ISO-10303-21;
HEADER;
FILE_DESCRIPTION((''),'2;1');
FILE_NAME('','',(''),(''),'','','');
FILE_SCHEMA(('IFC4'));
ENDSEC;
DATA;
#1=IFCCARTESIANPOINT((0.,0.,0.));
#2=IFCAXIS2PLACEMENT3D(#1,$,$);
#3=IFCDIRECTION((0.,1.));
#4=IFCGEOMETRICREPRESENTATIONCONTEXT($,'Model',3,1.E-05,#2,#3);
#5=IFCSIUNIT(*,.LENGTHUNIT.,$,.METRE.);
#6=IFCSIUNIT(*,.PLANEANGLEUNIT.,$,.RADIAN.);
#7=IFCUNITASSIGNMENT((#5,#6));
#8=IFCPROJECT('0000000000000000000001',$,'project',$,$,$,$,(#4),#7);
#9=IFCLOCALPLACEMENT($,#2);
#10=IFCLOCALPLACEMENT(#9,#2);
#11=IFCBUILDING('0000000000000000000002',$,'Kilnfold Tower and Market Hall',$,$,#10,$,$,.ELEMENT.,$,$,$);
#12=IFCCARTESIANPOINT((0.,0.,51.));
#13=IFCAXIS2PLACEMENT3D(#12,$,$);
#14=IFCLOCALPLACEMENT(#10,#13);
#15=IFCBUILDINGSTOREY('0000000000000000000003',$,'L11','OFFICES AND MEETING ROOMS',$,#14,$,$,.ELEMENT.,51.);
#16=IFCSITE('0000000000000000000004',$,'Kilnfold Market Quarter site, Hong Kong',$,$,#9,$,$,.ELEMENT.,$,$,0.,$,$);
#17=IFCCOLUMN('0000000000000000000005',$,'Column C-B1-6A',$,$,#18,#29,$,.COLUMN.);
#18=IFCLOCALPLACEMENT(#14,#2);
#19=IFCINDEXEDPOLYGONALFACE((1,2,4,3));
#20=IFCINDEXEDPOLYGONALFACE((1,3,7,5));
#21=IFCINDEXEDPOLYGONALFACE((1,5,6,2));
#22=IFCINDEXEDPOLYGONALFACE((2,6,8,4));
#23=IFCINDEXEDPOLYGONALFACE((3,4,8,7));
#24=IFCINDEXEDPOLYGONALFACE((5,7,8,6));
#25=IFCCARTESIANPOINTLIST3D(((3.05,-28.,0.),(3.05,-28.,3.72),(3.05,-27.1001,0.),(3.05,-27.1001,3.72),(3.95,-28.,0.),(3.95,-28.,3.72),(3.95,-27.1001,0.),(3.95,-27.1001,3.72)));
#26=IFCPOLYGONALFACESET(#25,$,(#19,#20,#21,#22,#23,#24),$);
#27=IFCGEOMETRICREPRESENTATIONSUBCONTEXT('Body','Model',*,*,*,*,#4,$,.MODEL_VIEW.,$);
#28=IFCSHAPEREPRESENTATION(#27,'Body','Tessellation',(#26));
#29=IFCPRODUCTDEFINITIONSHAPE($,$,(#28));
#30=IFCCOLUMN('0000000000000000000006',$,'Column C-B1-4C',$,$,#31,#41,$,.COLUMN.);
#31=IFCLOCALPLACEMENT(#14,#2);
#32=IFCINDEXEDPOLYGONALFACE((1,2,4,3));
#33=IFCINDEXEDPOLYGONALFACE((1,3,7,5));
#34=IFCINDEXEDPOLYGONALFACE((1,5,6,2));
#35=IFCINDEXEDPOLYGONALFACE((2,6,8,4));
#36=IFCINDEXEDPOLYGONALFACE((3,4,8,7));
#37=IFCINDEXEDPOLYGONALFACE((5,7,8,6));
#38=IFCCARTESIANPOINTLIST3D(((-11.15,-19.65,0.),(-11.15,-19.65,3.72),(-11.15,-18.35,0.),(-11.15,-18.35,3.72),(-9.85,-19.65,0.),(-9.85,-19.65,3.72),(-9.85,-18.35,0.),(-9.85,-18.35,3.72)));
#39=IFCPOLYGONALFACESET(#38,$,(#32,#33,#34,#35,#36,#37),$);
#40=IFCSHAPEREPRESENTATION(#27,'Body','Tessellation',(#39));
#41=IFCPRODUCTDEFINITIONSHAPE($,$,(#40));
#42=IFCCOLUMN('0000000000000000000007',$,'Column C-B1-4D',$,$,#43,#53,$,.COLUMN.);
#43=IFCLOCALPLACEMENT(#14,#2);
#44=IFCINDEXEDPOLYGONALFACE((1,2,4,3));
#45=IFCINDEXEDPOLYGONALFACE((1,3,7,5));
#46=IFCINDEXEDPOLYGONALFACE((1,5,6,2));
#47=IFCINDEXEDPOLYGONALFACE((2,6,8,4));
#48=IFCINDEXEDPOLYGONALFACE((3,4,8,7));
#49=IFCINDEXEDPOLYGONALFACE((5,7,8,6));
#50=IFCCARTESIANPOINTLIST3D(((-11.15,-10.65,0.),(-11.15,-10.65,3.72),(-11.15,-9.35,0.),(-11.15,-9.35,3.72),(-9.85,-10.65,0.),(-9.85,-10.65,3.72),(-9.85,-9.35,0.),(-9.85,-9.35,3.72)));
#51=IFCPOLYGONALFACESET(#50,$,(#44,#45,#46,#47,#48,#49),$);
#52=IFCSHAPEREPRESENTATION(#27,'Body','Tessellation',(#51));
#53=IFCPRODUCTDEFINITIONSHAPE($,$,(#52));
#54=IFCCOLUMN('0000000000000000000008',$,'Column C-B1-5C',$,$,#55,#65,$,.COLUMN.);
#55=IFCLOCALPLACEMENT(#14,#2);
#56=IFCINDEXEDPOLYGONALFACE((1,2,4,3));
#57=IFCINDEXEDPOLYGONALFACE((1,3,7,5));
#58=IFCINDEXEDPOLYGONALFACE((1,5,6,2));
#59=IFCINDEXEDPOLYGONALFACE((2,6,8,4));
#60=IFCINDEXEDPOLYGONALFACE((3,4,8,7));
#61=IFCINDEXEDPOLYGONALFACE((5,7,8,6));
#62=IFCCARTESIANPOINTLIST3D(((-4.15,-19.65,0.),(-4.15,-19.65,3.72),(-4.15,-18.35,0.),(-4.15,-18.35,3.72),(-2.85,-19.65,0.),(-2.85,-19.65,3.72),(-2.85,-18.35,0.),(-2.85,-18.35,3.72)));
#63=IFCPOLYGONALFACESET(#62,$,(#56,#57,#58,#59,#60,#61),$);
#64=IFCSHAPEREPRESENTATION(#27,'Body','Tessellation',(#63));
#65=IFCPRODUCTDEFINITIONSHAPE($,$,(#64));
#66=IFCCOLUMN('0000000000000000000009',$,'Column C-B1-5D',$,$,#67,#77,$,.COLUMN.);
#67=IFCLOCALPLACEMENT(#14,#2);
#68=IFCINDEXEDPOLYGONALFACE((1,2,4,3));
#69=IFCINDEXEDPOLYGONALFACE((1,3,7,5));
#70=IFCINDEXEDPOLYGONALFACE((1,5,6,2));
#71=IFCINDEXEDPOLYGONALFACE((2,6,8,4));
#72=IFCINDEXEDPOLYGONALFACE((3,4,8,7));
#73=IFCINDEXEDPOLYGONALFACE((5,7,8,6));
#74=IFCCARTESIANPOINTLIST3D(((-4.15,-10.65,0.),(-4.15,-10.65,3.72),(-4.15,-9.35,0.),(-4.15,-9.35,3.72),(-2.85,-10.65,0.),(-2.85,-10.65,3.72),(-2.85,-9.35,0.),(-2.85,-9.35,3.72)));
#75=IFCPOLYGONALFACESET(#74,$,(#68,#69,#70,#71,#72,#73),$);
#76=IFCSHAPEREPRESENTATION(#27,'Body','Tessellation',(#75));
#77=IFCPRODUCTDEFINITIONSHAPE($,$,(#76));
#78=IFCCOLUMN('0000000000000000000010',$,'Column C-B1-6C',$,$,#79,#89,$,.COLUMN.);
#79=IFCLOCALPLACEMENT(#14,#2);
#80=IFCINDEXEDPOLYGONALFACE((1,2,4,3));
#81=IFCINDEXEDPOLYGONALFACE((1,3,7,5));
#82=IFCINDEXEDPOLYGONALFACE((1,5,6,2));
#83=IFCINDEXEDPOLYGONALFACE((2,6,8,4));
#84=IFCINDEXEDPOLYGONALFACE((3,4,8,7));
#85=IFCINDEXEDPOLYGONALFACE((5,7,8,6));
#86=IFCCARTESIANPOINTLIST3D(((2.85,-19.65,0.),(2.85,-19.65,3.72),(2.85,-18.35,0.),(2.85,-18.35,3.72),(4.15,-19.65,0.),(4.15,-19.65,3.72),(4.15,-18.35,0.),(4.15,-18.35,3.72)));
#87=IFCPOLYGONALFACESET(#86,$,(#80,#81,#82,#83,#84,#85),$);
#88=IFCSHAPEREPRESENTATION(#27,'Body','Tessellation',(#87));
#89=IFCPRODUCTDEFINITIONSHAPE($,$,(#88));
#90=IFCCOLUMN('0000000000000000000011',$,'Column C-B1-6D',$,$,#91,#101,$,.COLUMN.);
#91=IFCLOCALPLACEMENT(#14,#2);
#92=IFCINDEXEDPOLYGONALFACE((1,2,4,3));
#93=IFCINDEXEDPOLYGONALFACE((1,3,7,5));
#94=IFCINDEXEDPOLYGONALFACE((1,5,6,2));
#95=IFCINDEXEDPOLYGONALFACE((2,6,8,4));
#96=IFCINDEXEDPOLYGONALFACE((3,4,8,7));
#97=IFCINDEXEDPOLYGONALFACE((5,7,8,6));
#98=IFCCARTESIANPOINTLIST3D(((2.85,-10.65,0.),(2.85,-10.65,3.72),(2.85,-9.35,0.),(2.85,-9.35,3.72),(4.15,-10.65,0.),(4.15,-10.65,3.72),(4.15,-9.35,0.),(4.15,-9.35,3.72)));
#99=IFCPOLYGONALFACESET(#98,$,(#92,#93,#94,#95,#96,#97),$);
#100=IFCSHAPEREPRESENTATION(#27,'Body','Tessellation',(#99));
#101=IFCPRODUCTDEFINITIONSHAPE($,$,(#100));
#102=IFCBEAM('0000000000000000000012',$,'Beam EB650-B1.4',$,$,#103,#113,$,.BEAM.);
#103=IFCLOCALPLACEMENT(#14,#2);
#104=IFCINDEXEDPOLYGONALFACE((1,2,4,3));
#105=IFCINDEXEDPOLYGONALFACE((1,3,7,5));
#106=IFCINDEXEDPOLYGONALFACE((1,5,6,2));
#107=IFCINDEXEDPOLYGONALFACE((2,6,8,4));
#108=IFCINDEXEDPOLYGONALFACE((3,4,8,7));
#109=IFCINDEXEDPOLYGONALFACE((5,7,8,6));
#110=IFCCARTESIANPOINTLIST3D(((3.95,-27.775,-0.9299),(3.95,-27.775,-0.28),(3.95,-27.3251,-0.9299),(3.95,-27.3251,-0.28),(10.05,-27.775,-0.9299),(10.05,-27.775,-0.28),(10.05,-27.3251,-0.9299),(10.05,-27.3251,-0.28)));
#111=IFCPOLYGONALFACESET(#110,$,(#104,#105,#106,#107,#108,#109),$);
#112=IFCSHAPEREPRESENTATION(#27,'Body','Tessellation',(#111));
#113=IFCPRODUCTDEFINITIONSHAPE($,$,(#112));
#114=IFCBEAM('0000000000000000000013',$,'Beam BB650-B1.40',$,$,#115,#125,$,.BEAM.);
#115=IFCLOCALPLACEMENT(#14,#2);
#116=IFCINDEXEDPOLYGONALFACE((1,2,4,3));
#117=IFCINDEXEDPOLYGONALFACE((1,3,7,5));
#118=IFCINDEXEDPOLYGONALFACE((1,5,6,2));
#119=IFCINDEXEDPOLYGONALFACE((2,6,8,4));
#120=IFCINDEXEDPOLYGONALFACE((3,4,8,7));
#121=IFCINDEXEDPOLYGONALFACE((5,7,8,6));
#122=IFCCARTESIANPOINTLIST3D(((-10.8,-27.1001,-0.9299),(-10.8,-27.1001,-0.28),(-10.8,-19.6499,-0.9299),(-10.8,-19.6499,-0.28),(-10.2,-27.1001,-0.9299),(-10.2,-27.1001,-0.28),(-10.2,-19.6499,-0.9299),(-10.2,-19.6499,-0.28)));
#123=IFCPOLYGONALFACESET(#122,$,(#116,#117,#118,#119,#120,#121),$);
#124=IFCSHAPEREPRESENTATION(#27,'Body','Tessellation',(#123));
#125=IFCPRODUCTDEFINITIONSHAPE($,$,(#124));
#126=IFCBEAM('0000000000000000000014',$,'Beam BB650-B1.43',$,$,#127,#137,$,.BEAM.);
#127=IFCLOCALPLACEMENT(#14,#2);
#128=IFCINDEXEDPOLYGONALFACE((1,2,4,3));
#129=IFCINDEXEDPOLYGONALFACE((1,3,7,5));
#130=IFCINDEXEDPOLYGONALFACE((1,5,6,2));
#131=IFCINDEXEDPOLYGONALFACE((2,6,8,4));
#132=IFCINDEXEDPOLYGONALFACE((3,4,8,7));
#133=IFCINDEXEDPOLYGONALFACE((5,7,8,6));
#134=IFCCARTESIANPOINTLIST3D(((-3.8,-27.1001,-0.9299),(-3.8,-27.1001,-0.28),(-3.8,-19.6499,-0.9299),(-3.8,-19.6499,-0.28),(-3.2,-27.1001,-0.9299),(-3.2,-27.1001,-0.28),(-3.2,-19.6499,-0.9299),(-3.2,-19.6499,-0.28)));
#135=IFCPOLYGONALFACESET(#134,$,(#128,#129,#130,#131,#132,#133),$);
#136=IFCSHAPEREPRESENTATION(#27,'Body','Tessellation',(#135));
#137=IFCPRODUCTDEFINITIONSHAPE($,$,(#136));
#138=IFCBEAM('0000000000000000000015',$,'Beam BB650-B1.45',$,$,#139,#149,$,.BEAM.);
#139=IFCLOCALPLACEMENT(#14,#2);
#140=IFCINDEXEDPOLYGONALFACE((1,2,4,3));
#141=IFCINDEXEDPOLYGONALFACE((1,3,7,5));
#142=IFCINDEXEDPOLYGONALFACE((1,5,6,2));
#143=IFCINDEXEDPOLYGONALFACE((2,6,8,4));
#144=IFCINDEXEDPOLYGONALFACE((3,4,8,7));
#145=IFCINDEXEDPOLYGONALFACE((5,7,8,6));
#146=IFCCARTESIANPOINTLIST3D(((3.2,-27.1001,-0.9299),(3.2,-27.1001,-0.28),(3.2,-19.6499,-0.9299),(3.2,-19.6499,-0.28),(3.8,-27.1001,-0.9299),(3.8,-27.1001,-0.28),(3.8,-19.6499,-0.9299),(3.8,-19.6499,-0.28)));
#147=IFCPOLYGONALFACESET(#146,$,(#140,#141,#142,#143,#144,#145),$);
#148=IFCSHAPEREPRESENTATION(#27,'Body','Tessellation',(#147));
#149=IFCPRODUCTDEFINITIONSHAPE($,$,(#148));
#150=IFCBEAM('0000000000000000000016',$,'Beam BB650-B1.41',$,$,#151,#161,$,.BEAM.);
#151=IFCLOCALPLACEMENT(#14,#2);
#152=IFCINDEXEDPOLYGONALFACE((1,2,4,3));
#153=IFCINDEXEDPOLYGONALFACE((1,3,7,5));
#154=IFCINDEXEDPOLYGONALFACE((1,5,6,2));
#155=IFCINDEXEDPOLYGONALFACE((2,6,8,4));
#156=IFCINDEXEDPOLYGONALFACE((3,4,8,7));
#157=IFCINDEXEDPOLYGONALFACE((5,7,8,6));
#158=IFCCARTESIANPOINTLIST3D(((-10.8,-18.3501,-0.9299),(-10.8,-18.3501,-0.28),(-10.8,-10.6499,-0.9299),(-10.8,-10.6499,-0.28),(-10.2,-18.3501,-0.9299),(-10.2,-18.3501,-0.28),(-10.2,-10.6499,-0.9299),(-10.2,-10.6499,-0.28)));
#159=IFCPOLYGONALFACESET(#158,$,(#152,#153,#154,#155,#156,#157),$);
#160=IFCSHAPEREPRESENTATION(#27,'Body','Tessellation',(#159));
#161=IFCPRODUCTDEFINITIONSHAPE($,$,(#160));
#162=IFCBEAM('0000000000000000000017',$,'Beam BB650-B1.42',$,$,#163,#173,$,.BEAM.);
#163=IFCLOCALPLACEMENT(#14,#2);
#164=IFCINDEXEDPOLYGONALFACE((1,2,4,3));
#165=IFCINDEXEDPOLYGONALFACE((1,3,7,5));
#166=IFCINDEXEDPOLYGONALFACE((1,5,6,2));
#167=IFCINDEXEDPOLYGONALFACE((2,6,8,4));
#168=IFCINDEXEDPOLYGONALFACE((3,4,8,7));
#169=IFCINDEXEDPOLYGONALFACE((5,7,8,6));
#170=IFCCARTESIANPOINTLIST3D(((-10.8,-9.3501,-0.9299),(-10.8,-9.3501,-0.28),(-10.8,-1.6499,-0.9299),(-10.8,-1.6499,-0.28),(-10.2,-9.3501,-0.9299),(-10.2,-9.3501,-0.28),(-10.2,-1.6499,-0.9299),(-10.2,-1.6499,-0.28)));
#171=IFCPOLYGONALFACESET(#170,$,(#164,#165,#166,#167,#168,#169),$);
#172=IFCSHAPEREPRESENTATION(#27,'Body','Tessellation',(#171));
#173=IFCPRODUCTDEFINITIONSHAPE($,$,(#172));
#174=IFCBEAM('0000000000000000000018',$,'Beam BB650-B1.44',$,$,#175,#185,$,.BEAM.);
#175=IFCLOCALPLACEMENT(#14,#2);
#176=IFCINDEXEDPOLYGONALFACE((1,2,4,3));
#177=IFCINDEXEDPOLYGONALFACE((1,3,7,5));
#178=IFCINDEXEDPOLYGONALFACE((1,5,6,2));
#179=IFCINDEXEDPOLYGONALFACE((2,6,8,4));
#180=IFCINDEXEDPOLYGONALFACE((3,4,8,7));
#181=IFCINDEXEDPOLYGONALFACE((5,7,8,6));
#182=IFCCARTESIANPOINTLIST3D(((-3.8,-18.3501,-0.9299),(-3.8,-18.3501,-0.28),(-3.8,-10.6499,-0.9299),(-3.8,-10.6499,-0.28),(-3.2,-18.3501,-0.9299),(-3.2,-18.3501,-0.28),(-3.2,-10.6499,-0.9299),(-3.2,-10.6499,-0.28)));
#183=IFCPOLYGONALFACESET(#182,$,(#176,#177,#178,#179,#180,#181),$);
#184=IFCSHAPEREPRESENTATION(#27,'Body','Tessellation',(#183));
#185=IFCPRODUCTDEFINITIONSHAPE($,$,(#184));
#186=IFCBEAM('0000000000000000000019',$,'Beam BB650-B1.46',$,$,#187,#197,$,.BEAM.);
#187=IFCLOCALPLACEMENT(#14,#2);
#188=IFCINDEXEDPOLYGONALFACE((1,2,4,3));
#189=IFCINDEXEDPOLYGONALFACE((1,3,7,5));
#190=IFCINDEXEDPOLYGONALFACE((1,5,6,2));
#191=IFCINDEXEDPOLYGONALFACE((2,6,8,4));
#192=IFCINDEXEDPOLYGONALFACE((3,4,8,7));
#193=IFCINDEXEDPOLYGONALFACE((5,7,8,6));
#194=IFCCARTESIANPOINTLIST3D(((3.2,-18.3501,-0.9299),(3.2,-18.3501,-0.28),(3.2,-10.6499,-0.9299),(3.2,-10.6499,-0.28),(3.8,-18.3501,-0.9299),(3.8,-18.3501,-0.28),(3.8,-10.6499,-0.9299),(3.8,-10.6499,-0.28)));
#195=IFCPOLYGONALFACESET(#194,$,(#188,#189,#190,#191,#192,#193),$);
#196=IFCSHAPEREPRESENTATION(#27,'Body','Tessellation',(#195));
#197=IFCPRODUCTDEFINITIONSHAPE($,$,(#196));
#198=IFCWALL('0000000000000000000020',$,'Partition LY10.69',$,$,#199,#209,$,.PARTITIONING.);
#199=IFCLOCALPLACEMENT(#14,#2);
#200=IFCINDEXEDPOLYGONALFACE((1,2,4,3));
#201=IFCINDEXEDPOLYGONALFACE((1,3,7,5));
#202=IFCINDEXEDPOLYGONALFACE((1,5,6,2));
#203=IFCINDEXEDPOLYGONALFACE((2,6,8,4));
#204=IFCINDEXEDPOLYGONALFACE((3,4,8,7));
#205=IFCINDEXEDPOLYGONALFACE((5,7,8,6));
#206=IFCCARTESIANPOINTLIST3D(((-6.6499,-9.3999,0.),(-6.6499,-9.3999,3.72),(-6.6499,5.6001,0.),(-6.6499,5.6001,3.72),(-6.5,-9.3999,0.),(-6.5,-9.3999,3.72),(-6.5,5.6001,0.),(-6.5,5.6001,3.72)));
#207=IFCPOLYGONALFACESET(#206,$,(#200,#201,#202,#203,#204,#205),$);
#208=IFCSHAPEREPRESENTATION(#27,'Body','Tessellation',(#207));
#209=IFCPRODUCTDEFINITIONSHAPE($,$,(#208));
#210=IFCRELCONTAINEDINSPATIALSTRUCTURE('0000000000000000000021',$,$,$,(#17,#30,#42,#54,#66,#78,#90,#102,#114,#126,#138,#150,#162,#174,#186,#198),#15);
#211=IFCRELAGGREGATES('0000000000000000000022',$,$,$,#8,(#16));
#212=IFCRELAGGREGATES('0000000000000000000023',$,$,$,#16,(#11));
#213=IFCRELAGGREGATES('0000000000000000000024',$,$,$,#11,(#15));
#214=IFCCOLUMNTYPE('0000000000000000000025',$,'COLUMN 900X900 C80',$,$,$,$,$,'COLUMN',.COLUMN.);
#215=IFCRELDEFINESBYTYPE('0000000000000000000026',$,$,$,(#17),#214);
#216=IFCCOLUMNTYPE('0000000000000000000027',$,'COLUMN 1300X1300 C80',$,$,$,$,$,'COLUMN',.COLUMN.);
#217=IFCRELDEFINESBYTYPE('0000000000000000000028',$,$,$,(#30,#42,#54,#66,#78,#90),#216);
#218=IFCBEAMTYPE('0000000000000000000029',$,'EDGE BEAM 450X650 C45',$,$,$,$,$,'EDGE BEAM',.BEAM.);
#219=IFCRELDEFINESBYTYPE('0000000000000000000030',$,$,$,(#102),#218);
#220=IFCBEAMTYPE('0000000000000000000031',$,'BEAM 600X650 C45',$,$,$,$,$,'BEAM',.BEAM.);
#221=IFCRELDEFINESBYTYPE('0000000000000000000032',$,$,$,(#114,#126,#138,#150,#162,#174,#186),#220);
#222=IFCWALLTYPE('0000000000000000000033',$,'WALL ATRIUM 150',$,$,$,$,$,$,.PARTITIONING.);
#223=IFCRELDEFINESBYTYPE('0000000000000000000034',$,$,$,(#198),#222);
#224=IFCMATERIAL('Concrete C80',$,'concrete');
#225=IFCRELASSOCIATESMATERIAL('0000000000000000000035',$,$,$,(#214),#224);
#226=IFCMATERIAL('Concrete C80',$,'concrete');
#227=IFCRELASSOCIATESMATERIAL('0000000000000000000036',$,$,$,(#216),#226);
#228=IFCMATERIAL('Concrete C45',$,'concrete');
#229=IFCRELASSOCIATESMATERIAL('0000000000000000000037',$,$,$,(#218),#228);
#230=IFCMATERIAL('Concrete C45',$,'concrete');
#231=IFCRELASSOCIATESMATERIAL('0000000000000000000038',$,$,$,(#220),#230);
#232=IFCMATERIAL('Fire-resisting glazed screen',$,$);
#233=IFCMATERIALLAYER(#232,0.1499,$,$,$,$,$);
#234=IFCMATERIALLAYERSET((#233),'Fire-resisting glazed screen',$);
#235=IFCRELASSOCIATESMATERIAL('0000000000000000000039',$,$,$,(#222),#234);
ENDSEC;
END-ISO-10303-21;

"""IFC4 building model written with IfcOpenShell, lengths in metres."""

from ifc_helpers import new_model, si_unit, direction, frame, frame_2d, origin, origin_2d, place, context, subcontext, project, spatial, rectangle, extrude, source, transform, mapped, material, layer, layer_set, material_profile, profile_set, type_object, element, save


model = new_model("IFC4")

# Units and contexts
model_context = context("Model", 3, precision=1e-05, world=origin(), true_north=direction((0.0, 1.0)))
body_context = subcontext(model_context, "Body", "Model", "MODEL_VIEW")
ifc_project = project(units=[si_unit("LENGTHUNIT", "METRE"), si_unit("PLANEANGLEUNIT", "RADIAN")], contexts=[model_context])

# Site, building, storey
site_placement = place(None, origin())
site = spatial("IfcSite", under=ifc_project, at=site_placement, Name="Kilnfold Market Quarter site, Hong Kong", CompositionType="ELEMENT", RefElevation=0.0)
building_placement = place(site_placement, origin())
building = spatial("IfcBuilding", under=site, at=building_placement, Name="Kilnfold Tower and Market Hall", CompositionType="ELEMENT")
storey_placement = place(building_placement, frame((0.0, 0.0, 51.0)))
storey = spatial("IfcBuildingStorey", under=building, at=storey_placement, Name="L11", Description="OFFICES AND MEETING ROOMS", CompositionType="ELEMENT", Elevation=51.0)

# Columns
ifc_material_1 = material(Name="Concrete C80", Category="concrete")
ifc_material_profile_1 = material_profile(ifc_material_1, rectangle(XDim=0.8999, YDim=0.8999, at=origin_2d()), Name="RC 900x900")
ifc_profile_set_1 = profile_set([ifc_material_profile_1], Name="Concrete C80")
column_type_1 = type_object("IfcColumnType", Name="COLUMN 900X900 C80", ElementType="COLUMN", PredefinedType="COLUMN", material=ifc_profile_set_1)
shared_shape_1 = source(origin(), body_context, "Body", "SweptSolid", [
    extrude(rectangle(XDim=0.8999, YDim=0.8999, at=origin_2d()), origin(), (0.0, 0.0, 1.0), 3.72),
])
column_placement = place(storey_placement, frame((3.5, -27.55, 0.0), z_axis=(0.0, 0.0, 1.0), x_axis=(1.0, 0.0, 0.0)))
element("IfcColumn", 1, at=column_placement, inside=storey, type_object=column_type_1, Name="Column C-B1-6A", PredefinedType="COLUMN", context=body_context, shape_type="MappedRepresentation", body=[
    mapped(shared_shape_1, transform((0.0, 0.0, 0.0))),
])
ifc_material_2 = material(Name="Concrete C80", Category="concrete")
ifc_material_profile_2 = material_profile(ifc_material_2, rectangle(XDim=1.3, YDim=1.3, at=origin_2d()), Name="RC 1300x1300")
ifc_profile_set_2 = profile_set([ifc_material_profile_2], Name="Concrete C80")
column_type_2 = type_object("IfcColumnType", Name="COLUMN 1300X1300 C80", ElementType="COLUMN", PredefinedType="COLUMN", material=ifc_profile_set_2)
shared_shape_2 = source(origin(), body_context, "Body", "SweptSolid", [
    extrude(rectangle(XDim=1.3, YDim=1.3, at=origin_2d()), origin(), (0.0, 0.0, 1.0), 3.72),
])
for number, where, z_axis, x_axis, name in (
    (2, (-10.5, -19.0, 0.0), (0.0, 0.0, 1.0), (1.0, 0.0, 0.0), "Column C-B1-4C"),
    (3, (-10.5, -10.0, 0.0), (0.0, 0.0, 1.0), (1.0, 0.0, 0.0), "Column C-B1-4D"),
    (4, (-3.5, -19.0, 0.0), (0.0, 0.0, 1.0), (1.0, 0.0, 0.0), "Column C-B1-5C"),
    (5, (-3.5, -10.0, 0.0), (0.0, 0.0, 1.0), (1.0, 0.0, 0.0), "Column C-B1-5D"),
    (6, (3.5, -19.0, 0.0), (0.0, 0.0, 1.0), (1.0, 0.0, 0.0), "Column C-B1-6C"),
    (7, (3.5, -10.0, 0.0), (0.0, 0.0, 1.0), (1.0, 0.0, 0.0), "Column C-B1-6D"),
):
    element("IfcColumn", number, at=place(storey_placement, frame(where, z_axis=z_axis, x_axis=x_axis)), inside=storey, type_object=column_type_2, Name=name, PredefinedType="COLUMN", context=body_context, shape_type="MappedRepresentation", body=[
        mapped(shared_shape_2, transform((0.0, 0.0, 0.0))),
    ])

# Beams
ifc_material_3 = material(Name="Concrete C45", Category="concrete")
ifc_material_profile_3 = material_profile(ifc_material_3, rectangle(XDim=0.45, YDim=0.6499, at=origin_2d()), Name="RC 450x650")
ifc_profile_set_3 = profile_set([ifc_material_profile_3], Name="Concrete C45")
beam_type_1 = type_object("IfcBeamType", Name="EDGE BEAM 450X650 C45", ElementType="EDGE BEAM", PredefinedType="BEAM", material=ifc_profile_set_3)
shared_shape_3 = source(origin(), body_context, "Body", "SweptSolid", [
    extrude(rectangle(XDim=0.45, YDim=0.6499, at=origin_2d()), origin(), (0.0, 0.0, 1.0), 6.1001),
])
beam_placement = place(storey_placement, frame((3.95, -27.55, -0.605), z_axis=(1.0, 0.0, 0.0), x_axis=(0.0, 1.0, 0.0)))
element("IfcBeam", 8, at=beam_placement, inside=storey, type_object=beam_type_1, Name="Beam EB650-B1.4", PredefinedType="BEAM", context=body_context, shape_type="MappedRepresentation", body=[
    mapped(shared_shape_3, transform((0.0, 0.0, 0.0))),
])
ifc_material_4 = material(Name="Concrete C45", Category="concrete")
ifc_material_profile_4 = material_profile(ifc_material_4, rectangle(XDim=0.6001, YDim=0.6499, at=origin_2d()), Name="RC 600x650")
ifc_profile_set_4 = profile_set([ifc_material_profile_4], Name="Concrete C45")
beam_type_2 = type_object("IfcBeamType", Name="BEAM 600X650 C45", ElementType="BEAM", PredefinedType="BEAM", material=ifc_profile_set_4)
shared_shape_4 = source(origin(), body_context, "Body", "SweptSolid", [
    extrude(rectangle(XDim=0.6001, YDim=0.6499, at=origin_2d()), origin(), (0.0, 0.0, 1.0), 7.4502),
])
for number, where, z_axis, x_axis, name in (
    (9, (-10.5, -27.1001, -0.605), (0.0, 1.0, 0.0), (-1.0, 0.0, 0.0), "Beam BB650-B1.40"),
    (10, (-3.5, -27.1001, -0.605), (0.0, 1.0, 0.0), (-1.0, 0.0, 0.0), "Beam BB650-B1.43"),
    (11, (3.5, -27.1001, -0.605), (0.0, 1.0, 0.0), (-1.0, 0.0, 0.0), "Beam BB650-B1.45"),
):
    element("IfcBeam", number, at=place(storey_placement, frame(where, z_axis=z_axis, x_axis=x_axis)), inside=storey, type_object=beam_type_2, Name=name, PredefinedType="BEAM", context=body_context, shape_type="MappedRepresentation", body=[
        mapped(shared_shape_4, transform((0.0, 0.0, 0.0))),
    ])
shared_shape_5 = source(origin(), body_context, "Body", "SweptSolid", [
    extrude(rectangle(XDim=0.6001, YDim=0.6499, at=origin_2d()), origin(), (0.0, 0.0, 1.0), 7.7002),
])
for number, where, z_axis, x_axis, name in (
    (12, (-10.5, -18.3501, -0.605), (0.0, 1.0, 0.0), (-1.0, 0.0, 0.0), "Beam BB650-B1.41"),
    (13, (-10.5, -9.3501, -0.605), (0.0, 1.0, 0.0), (-1.0, 0.0, 0.0), "Beam BB650-B1.42"),
    (14, (-3.5, -18.3501, -0.605), (0.0, 1.0, 0.0), (-1.0, 0.0, 0.0), "Beam BB650-B1.44"),
    (15, (3.5, -18.3501, -0.605), (0.0, 1.0, 0.0), (-1.0, 0.0, 0.0), "Beam BB650-B1.46"),
):
    element("IfcBeam", number, at=place(storey_placement, frame(where, z_axis=z_axis, x_axis=x_axis)), inside=storey, type_object=beam_type_2, Name=name, PredefinedType="BEAM", context=body_context, shape_type="MappedRepresentation", body=[
        mapped(shared_shape_5, transform((0.0, 0.0, 0.0))),
    ])

# Wall
ifc_material_5 = material(Name="Fire-resisting glazed screen")
ifc_layer_1 = layer(ifc_material_5, 0.1499)
ifc_layer_set_1 = layer_set([ifc_layer_1], Name="Fire-resisting glazed screen")
wall_type_1 = type_object("IfcWallType", Name="WALL ATRIUM 150", PredefinedType="PARTITIONING", material=ifc_layer_set_1)
wall_1_placement = place(storey_placement, frame((-6.575, -9.3999, 0.0), z_axis=(0.0, 0.0, 1.0), x_axis=(0.0, 1.0, 0.0)))
element("IfcWall", 16, at=wall_1_placement, inside=storey, type_object=wall_type_1, Name="Partition LY10.69", PredefinedType="PARTITIONING", context=body_context, shape_type="SweptSolid", body=[
    extrude(rectangle(XDim=15.0, YDim=0.1499, at=frame_2d((7.5, 0.0))), origin(), (0.0, 0.0, 1.0), 3.72),
])

save(model, "model.ifc")
